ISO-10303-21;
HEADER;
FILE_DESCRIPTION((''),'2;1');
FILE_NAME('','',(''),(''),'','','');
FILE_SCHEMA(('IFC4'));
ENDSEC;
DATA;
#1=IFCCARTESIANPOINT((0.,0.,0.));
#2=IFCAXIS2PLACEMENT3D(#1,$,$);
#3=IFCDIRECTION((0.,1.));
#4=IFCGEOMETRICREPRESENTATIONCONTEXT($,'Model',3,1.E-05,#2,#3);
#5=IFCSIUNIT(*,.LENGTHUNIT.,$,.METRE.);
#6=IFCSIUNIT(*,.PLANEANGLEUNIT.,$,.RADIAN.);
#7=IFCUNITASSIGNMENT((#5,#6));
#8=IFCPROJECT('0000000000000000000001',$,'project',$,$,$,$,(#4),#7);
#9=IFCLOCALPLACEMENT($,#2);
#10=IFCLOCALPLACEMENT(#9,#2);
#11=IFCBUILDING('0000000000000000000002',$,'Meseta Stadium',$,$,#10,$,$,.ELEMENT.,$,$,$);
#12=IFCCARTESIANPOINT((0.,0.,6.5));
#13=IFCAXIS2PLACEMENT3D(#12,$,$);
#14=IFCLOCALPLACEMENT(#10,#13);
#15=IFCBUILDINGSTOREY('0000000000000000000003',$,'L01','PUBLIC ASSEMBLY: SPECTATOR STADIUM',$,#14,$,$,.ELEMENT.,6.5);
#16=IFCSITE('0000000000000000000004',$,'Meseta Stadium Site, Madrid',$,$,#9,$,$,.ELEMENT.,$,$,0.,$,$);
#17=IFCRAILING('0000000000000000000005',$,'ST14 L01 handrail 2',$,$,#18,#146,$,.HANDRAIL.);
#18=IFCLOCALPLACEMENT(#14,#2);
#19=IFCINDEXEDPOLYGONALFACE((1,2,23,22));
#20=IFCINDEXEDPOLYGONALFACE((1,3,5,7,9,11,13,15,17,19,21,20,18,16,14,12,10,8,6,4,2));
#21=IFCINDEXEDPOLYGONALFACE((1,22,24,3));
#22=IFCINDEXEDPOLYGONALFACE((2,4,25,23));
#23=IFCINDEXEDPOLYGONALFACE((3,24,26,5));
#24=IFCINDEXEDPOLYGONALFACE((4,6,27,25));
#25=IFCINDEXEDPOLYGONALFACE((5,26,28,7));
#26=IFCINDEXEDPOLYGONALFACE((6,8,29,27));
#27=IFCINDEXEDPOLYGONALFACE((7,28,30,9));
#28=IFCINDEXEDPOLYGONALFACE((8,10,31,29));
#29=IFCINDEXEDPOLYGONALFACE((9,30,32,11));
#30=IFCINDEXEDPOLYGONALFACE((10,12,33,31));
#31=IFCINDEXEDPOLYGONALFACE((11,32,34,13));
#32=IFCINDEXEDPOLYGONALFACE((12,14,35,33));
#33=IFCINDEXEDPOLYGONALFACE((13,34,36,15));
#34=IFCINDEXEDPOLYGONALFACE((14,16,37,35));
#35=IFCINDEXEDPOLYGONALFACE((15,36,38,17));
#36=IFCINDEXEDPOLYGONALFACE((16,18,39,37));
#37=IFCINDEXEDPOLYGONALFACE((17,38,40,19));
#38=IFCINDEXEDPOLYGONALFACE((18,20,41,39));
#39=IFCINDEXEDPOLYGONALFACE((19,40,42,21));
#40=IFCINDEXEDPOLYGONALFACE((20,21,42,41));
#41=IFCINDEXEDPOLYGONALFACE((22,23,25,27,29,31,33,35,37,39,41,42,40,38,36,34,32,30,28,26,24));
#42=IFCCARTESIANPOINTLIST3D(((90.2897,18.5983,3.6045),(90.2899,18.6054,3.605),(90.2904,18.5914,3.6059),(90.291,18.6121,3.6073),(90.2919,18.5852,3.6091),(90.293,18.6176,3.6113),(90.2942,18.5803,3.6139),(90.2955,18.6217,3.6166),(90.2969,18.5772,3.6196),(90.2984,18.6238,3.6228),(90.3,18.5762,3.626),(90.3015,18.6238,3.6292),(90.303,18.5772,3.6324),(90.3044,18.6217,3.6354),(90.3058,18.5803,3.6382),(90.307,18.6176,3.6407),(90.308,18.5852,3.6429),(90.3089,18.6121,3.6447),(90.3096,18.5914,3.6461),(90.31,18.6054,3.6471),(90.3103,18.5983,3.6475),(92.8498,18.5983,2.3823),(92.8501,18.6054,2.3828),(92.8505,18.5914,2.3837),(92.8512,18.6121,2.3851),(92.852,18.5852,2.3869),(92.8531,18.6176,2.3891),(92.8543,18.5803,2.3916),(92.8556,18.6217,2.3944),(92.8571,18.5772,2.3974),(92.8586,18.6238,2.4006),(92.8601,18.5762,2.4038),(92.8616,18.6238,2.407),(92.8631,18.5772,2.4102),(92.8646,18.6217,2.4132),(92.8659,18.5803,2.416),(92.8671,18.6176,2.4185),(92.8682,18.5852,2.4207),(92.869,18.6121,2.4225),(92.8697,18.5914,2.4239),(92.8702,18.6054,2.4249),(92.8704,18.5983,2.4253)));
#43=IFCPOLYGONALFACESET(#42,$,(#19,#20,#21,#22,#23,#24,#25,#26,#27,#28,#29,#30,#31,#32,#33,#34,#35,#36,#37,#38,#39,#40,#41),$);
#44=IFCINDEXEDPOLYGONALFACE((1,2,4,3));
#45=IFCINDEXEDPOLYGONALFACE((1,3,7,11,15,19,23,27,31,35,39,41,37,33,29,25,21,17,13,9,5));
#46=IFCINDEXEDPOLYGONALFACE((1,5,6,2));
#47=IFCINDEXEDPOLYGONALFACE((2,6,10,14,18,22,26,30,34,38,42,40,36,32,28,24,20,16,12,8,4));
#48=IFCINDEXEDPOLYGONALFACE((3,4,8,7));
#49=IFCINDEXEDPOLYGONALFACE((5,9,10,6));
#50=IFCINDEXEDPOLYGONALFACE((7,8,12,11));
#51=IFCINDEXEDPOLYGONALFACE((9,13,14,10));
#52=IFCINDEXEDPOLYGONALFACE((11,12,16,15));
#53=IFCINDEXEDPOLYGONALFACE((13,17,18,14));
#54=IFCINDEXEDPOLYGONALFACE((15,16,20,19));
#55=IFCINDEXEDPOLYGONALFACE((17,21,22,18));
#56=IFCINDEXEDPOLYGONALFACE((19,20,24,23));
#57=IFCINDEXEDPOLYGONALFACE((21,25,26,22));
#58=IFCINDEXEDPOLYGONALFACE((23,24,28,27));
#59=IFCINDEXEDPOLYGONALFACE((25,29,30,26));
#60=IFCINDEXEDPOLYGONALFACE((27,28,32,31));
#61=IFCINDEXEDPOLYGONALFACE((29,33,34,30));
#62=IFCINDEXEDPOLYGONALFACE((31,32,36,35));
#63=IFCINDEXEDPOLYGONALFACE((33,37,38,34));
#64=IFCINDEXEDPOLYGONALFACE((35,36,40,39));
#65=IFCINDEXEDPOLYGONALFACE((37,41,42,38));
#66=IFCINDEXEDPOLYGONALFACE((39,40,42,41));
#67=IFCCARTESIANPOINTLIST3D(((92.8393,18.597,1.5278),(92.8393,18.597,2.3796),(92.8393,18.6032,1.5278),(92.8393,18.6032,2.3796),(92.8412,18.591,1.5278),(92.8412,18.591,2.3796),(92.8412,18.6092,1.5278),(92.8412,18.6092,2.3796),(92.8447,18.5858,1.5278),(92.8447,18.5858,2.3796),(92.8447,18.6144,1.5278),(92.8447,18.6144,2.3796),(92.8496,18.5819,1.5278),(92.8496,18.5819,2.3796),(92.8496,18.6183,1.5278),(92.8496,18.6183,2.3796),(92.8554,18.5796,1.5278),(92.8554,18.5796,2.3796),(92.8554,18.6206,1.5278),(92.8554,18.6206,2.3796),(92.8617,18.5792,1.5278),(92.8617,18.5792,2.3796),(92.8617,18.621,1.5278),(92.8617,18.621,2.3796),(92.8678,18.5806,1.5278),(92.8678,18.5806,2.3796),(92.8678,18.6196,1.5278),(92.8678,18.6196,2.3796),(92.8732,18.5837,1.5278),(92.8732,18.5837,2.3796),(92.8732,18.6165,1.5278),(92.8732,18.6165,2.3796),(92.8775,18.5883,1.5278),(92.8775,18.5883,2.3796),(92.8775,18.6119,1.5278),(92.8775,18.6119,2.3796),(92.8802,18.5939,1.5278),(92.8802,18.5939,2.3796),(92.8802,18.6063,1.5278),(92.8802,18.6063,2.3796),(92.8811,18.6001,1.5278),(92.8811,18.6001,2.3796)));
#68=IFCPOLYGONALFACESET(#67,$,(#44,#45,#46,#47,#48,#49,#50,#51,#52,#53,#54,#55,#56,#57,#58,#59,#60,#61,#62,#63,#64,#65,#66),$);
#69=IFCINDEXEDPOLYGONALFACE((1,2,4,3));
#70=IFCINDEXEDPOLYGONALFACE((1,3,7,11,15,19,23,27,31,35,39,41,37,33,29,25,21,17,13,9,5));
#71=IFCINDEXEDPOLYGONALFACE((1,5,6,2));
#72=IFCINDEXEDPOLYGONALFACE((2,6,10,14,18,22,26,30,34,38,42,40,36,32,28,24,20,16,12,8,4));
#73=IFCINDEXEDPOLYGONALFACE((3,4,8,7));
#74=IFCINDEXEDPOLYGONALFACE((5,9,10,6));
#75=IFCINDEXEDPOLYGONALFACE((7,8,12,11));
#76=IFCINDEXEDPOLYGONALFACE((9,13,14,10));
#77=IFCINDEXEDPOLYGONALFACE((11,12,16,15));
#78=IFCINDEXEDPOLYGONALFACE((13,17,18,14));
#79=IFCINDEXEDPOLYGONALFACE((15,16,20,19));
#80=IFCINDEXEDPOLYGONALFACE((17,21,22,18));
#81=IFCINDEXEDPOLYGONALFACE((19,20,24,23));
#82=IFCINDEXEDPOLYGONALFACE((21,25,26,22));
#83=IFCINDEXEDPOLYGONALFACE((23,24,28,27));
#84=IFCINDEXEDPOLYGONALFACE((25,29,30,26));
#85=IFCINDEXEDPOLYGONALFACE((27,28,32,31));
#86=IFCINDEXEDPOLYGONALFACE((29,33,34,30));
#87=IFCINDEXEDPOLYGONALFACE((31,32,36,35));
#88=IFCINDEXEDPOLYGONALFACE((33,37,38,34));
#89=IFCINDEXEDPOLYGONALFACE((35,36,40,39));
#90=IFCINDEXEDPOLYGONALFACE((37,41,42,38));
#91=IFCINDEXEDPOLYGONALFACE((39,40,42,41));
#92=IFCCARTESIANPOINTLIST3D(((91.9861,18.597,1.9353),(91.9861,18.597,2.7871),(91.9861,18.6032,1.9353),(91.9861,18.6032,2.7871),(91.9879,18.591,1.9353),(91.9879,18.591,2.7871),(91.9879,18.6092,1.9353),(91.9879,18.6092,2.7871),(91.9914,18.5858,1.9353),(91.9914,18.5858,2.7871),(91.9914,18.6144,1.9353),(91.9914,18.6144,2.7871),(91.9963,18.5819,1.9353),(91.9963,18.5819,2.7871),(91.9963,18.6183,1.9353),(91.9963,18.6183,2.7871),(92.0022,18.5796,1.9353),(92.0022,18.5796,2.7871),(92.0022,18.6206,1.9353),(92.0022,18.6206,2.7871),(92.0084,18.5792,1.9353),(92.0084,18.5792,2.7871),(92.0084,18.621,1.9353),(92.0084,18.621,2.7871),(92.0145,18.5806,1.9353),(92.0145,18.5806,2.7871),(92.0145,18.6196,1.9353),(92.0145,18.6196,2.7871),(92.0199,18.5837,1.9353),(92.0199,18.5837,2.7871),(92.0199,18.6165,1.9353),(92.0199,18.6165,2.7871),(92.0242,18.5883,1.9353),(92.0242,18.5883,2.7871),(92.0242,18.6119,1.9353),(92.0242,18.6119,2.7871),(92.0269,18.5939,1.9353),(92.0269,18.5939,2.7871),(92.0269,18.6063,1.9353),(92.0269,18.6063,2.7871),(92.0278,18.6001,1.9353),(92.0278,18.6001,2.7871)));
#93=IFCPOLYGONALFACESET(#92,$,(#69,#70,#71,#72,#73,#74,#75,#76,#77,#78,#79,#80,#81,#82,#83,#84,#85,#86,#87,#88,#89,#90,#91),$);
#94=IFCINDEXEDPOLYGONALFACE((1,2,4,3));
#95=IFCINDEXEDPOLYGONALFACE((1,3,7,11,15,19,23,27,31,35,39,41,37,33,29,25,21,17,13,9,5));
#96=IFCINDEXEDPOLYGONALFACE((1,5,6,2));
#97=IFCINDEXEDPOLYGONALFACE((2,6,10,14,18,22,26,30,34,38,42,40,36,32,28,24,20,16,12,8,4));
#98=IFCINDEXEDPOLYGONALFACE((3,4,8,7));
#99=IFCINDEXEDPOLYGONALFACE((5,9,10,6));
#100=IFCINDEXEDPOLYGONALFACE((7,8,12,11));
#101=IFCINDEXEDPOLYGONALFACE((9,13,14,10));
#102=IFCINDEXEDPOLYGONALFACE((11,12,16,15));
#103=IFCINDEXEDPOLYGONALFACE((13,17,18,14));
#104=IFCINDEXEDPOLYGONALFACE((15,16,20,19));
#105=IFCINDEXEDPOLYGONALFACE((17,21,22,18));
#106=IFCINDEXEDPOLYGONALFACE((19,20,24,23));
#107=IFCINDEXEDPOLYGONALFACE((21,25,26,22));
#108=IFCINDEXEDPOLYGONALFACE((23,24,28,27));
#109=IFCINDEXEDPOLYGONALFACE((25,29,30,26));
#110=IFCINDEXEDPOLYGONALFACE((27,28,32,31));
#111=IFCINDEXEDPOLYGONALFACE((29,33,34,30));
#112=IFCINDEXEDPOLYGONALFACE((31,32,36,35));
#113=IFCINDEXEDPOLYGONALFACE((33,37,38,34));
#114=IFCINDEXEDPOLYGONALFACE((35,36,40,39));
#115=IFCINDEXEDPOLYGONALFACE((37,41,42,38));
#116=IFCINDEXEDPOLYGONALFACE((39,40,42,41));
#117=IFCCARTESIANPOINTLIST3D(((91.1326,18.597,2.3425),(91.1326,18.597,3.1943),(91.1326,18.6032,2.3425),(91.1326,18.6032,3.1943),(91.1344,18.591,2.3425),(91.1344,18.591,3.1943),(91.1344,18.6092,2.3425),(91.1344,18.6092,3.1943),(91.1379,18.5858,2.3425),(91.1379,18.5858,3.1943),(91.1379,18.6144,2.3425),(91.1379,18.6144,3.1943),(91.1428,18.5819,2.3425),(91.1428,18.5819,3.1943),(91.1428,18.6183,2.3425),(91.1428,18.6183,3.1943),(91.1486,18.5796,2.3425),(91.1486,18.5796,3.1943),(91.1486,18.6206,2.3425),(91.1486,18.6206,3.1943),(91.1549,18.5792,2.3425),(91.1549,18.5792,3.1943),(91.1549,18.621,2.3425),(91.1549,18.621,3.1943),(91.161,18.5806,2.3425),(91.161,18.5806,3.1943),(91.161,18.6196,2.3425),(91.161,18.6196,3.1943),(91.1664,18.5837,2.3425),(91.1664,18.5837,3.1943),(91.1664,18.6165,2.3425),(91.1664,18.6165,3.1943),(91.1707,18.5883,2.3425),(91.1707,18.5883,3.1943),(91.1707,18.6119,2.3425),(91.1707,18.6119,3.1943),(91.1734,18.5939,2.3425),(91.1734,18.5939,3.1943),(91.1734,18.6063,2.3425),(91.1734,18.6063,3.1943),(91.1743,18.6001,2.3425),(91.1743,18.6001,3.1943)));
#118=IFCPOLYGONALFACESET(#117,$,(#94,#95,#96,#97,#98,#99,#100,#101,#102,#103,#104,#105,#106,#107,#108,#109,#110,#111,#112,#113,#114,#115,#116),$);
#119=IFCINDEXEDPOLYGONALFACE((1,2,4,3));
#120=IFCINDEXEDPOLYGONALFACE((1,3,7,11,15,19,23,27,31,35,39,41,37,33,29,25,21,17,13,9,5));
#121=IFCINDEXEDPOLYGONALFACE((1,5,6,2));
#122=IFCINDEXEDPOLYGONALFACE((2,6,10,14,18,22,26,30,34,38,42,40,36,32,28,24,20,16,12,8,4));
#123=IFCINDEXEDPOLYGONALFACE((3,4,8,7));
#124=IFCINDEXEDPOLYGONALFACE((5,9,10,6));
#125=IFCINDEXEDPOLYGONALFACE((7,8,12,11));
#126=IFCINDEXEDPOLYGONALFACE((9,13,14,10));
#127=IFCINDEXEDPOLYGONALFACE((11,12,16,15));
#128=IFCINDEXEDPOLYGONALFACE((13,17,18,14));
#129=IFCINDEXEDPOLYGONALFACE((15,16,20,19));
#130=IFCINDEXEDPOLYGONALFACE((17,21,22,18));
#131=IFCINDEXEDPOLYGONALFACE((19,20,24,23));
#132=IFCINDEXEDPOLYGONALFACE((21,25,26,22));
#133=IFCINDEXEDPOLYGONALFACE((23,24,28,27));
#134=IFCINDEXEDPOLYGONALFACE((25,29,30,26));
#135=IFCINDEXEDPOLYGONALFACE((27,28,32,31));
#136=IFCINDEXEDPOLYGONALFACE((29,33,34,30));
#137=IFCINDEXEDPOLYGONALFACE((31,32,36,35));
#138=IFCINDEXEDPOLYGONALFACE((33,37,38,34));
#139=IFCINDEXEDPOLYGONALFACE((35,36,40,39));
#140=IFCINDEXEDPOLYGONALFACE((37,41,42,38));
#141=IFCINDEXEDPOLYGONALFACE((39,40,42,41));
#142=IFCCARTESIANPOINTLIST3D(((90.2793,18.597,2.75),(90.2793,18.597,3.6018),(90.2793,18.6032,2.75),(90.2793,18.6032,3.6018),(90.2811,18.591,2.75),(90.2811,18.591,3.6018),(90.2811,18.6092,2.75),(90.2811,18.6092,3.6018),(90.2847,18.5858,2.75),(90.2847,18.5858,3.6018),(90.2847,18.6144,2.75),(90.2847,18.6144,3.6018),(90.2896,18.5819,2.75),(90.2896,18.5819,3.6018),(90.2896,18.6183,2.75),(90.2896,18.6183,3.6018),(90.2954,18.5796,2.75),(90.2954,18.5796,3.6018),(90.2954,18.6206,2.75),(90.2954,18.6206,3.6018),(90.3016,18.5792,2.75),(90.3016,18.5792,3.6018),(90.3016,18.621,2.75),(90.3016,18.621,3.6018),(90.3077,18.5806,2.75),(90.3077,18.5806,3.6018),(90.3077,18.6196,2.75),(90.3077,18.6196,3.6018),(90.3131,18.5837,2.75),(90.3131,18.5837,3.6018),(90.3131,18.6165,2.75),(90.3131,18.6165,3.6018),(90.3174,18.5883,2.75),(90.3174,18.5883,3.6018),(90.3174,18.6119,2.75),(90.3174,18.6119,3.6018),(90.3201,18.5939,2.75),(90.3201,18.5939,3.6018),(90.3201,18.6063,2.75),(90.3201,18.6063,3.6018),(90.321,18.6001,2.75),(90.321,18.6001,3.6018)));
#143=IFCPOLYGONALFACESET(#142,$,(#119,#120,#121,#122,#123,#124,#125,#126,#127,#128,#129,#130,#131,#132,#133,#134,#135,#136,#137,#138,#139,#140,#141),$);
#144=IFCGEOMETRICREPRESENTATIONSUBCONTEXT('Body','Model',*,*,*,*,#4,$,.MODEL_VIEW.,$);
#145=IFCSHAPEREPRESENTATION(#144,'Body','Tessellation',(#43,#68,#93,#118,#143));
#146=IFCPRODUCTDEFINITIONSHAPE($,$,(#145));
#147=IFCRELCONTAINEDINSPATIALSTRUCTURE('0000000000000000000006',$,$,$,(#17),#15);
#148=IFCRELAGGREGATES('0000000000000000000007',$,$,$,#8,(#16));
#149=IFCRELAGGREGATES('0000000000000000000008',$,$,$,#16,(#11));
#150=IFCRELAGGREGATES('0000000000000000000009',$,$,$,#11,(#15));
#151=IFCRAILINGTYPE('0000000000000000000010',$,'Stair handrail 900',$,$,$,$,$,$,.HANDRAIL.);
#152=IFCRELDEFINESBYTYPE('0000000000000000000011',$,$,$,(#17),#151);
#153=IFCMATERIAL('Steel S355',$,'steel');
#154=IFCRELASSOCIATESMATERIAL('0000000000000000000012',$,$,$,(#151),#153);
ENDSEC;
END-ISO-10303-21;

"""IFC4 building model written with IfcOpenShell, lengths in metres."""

from ifc_helpers import new_model, si_unit, direction, frame, origin, origin_2d, place, context, subcontext, project, spatial, circle, extrude, material, type_object, element, save


model = new_model("IFC4")

# Units and contexts
model_context = context("Model", 3, precision=1e-05, world=origin(), true_north=direction((0.0, 1.0)))
body_context = subcontext(model_context, "Body", "Model", "MODEL_VIEW")
ifc_project = project(units=[si_unit("LENGTHUNIT", "METRE"), si_unit("PLANEANGLEUNIT", "RADIAN")], contexts=[model_context])

# Site, building, storey
site_placement = place(None, origin())
site = spatial("IfcSite", under=ifc_project, at=site_placement, Name="Meseta Stadium Site, Madrid", CompositionType="ELEMENT", RefElevation=0.0)
building_placement = place(site_placement, origin())
building = spatial("IfcBuilding", under=site, at=building_placement, Name="Meseta Stadium", CompositionType="ELEMENT")
storey_placement = place(building_placement, frame((0.0, 0.0, 6.5)))
storey = spatial("IfcBuildingStorey", under=building, at=storey_placement, Name="L01", Description="PUBLIC ASSEMBLY: SPECTATOR STADIUM", CompositionType="ELEMENT", Elevation=6.5)

# Railing
ifc_material_1 = material(Name="Steel S355", Category="steel")
railing_type_1 = type_object("IfcRailingType", Name="Stair handrail 900", PredefinedType="HANDRAIL", material=ifc_material_1)
for number, where, name in (
    (1, (92.8601, 18.6001, 1.5278), "ST14 L01 handrail 2"),
):
    element("IfcRailing", number, at=place(storey_placement, frame(where)), inside=storey, type_object=railing_type_1, Name=name, PredefinedType="HANDRAIL", context=body_context, shape_type="SweptSolid", body=[
        extrude(circle(Radius=0.0239, at=origin_2d()), frame((0.0, 0.0, 0.876), z_axis=(-0.902437, 0.0, 0.430822), x_axis=(0.0, -1.0, 0.0)), (0.0, 0.0, 1.0), 2.8369),
        extrude(circle(Radius=0.021, at=origin_2d()), origin(), (0.0, 0.0, 1.0), 0.8518),
        extrude(circle(Radius=0.021, at=origin_2d()), frame((-0.8533, 0.0, 0.4075)), (0.0, 0.0, 1.0), 0.8518),
        extrude(circle(Radius=0.021, at=origin_2d()), frame((-1.7068, 0.0, 0.8147)), (0.0, 0.0, 1.0), 0.8518),
        extrude(circle(Radius=0.021, at=origin_2d()), frame((-2.5601, 0.0, 1.2222)), (0.0, 0.0, 1.0), 0.8518),
    ])

save(model, "model.ifc")
